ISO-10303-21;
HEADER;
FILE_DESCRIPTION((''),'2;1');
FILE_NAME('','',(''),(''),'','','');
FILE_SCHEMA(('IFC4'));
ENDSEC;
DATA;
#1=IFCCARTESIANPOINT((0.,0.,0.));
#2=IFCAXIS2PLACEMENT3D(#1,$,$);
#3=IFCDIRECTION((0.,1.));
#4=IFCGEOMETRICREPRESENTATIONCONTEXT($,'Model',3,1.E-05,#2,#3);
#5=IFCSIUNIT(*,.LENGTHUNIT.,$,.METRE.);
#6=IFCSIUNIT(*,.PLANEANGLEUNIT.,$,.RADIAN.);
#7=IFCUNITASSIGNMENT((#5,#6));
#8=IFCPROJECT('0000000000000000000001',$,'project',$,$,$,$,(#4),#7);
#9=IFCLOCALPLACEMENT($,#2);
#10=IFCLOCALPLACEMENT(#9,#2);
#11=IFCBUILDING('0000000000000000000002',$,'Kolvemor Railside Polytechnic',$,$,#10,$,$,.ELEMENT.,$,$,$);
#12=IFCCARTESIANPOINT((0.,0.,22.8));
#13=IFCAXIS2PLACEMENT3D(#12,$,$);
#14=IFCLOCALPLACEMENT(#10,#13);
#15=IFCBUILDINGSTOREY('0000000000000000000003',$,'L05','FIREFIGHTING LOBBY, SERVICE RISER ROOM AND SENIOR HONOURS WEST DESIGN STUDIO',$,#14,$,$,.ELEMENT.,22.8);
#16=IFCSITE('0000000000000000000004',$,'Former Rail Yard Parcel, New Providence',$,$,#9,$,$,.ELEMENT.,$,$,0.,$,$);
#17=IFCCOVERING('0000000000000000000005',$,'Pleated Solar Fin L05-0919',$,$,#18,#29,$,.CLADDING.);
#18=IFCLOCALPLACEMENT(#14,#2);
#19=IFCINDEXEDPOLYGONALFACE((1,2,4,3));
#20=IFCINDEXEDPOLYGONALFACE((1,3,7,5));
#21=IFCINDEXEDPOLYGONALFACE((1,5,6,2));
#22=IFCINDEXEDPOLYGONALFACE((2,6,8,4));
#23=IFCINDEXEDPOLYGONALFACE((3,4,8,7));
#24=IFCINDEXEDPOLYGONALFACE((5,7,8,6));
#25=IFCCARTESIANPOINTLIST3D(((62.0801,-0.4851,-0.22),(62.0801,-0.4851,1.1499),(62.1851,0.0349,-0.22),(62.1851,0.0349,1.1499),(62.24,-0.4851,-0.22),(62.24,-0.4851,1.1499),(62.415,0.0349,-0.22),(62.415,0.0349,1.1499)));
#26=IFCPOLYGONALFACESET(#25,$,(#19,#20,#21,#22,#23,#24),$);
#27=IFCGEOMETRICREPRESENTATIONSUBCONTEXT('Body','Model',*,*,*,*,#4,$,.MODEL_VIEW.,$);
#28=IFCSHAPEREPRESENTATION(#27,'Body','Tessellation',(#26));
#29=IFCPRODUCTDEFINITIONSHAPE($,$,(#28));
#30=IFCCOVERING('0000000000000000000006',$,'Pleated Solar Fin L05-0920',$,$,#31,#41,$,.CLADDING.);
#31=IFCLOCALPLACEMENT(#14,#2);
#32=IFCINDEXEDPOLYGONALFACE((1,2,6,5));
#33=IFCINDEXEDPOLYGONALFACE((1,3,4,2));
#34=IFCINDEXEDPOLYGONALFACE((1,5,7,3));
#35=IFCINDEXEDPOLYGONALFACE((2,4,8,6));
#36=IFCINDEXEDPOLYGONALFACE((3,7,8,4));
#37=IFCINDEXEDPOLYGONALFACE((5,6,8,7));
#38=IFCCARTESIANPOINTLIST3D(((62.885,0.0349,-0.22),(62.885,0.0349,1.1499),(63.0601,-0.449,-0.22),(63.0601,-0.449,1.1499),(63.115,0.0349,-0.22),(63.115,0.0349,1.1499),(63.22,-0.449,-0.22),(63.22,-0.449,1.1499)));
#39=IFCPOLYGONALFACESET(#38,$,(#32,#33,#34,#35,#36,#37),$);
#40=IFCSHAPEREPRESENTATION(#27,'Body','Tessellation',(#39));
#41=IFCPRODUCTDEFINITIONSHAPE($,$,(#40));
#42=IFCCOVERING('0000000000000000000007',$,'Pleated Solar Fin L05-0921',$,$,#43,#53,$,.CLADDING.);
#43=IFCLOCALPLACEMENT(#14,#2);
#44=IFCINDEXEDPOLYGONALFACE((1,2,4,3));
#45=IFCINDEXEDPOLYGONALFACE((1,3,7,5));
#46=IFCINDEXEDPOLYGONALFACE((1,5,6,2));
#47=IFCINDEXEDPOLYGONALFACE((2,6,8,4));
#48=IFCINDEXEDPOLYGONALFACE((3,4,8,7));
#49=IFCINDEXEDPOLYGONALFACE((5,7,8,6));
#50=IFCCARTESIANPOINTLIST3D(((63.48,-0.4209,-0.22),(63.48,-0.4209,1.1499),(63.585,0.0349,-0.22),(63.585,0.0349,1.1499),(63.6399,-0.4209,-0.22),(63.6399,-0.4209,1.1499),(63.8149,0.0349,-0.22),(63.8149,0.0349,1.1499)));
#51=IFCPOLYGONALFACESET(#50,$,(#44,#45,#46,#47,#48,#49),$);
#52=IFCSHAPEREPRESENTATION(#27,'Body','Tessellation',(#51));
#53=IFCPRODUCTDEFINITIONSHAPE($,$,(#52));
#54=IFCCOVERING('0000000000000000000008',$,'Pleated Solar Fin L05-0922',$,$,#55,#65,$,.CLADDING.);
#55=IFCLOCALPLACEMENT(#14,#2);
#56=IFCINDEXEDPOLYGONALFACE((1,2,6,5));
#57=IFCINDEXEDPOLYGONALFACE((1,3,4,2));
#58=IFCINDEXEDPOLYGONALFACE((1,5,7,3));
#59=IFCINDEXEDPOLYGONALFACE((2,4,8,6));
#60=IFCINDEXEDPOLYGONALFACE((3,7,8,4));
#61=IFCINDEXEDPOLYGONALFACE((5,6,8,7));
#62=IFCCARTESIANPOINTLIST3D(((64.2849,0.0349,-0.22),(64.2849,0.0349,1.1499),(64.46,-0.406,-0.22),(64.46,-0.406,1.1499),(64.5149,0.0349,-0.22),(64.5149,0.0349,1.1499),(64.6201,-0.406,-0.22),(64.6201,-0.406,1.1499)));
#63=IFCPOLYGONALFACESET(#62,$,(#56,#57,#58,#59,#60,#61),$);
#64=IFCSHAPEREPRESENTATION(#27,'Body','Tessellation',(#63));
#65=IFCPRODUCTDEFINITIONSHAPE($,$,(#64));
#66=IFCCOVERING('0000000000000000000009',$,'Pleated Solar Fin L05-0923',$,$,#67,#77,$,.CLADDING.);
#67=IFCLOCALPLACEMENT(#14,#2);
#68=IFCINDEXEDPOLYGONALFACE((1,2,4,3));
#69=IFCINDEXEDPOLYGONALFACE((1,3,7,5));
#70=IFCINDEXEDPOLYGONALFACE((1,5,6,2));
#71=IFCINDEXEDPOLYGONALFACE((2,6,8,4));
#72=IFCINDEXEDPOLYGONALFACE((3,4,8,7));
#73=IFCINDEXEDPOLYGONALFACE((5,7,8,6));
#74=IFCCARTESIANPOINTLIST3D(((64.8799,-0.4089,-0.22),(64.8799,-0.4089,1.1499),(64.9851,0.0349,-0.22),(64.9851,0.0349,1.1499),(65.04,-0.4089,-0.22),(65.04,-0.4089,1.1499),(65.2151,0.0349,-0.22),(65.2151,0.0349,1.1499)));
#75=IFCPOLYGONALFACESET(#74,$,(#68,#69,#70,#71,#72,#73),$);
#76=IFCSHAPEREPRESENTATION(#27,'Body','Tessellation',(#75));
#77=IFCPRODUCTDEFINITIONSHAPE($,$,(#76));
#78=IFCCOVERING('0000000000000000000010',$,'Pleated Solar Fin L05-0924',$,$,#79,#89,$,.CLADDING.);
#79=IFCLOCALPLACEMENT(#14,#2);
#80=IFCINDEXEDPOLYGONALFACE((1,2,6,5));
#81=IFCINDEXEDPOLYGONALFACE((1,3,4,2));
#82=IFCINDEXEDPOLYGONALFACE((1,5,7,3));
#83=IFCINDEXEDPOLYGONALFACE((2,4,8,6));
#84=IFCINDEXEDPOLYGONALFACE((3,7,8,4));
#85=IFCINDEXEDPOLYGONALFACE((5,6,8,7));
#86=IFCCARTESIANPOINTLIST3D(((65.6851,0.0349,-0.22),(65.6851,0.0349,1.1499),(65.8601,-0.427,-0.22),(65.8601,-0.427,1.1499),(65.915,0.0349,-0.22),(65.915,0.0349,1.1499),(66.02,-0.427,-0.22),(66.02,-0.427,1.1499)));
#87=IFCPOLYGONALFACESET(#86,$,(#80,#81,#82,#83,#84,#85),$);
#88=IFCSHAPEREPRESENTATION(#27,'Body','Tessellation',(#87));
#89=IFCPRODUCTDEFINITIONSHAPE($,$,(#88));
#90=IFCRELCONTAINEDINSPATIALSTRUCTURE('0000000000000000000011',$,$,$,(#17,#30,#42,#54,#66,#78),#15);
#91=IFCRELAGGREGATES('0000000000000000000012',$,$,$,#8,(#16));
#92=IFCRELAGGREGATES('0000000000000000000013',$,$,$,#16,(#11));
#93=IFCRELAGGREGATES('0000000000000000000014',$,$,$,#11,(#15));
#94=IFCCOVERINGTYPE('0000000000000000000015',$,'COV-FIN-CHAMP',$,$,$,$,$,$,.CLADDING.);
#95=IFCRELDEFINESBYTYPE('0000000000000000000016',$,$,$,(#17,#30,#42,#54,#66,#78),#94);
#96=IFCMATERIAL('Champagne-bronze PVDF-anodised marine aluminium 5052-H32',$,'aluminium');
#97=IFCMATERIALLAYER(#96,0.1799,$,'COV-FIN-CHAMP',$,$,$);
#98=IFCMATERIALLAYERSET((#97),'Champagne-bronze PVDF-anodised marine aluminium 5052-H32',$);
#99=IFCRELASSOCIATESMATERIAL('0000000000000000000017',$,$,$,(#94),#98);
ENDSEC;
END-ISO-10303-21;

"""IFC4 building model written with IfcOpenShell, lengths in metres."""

from ifc_helpers import new_model, si_unit, direction, frame, origin, place, context, subcontext, project, spatial, polyline, outline, extrude, material, layer, layer_set, type_object, element, save


model = new_model("IFC4")

# Units and contexts
model_context = context("Model", 3, precision=1e-05, world=origin(), true_north=direction((0.0, 1.0)))
body_context = subcontext(model_context, "Body", "Model", "MODEL_VIEW")
ifc_project = project(units=[si_unit("LENGTHUNIT", "METRE"), si_unit("PLANEANGLEUNIT", "RADIAN")], contexts=[model_context])

# Site, building, storey
site_placement = place(None, origin())
site = spatial("IfcSite", under=ifc_project, at=site_placement, Name="Former Rail Yard Parcel, New Providence", CompositionType="ELEMENT", RefElevation=0.0)
building_placement = place(site_placement, origin())
building = spatial("IfcBuilding", under=site, at=building_placement, Name="Kolvemor Railside Polytechnic", CompositionType="ELEMENT")
storey_placement = place(building_placement, frame((0.0, 0.0, 22.8)))
storey = spatial("IfcBuildingStorey", under=building, at=storey_placement, Name="L05", Description="FIREFIGHTING LOBBY, SERVICE RISER ROOM AND SENIOR HONOURS WEST DESIGN STUDIO", CompositionType="ELEMENT", Elevation=22.8)

# Coverings
ifc_material_1 = material(Name="Champagne-bronze PVDF-anodised marine aluminium 5052-H32", Category="aluminium")
ifc_layer_1 = layer(ifc_material_1, 0.1799, Name="COV-FIN-CHAMP")
ifc_layer_set_1 = layer_set([ifc_layer_1], Name="Champagne-bronze PVDF-anodised marine aluminium 5052-H32")
covering_type = type_object("IfcCoveringType", Name="COV-FIN-CHAMP", PredefinedType="CLADDING", material=ifc_layer_set_1)
covering_1_placement = place(storey_placement, frame((0.0, 0.0, -0.22)))
element("IfcCovering", 1, at=covering_1_placement, inside=storey, type_object=covering_type, Name="Pleated Solar Fin L05-0919", PredefinedType="CLADDING", context=body_context, shape_type="SweptSolid", body=[
    extrude(outline(polyline([(62.1851, 0.0349), (62.415, 0.0349), (62.24, -0.4851), (62.0801, -0.4851), (62.1851, 0.0349)])), origin(), (0.0, 0.0, 1.0), 1.3699),
])
covering_2_placement = place(storey_placement, frame((0.0, 0.0, -0.22)))
element("IfcCovering", 2, at=covering_2_placement, inside=storey, type_object=covering_type, Name="Pleated Solar Fin L05-0920", PredefinedType="CLADDING", context=body_context, shape_type="SweptSolid", body=[
    extrude(outline(polyline([(62.885, 0.0349), (63.115, 0.0349), (63.22, -0.449), (63.0601, -0.449), (62.885, 0.0349)])), origin(), (0.0, 0.0, 1.0), 1.3699),
])
covering_3_placement = place(storey_placement, frame((0.0, 0.0, -0.22)))
element("IfcCovering", 3, at=covering_3_placement, inside=storey, type_object=covering_type, Name="Pleated Solar Fin L05-0921", PredefinedType="CLADDING", context=body_context, shape_type="SweptSolid", body=[
    extrude(outline(polyline([(63.585, 0.0349), (63.8149, 0.0349), (63.6399, -0.4209), (63.48, -0.4209), (63.585, 0.0349)])), origin(), (0.0, 0.0, 1.0), 1.3699),
])
covering_4_placement = place(storey_placement, frame((0.0, 0.0, -0.22)))
element("IfcCovering", 4, at=covering_4_placement, inside=storey, type_object=covering_type, Name="Pleated Solar Fin L05-0922", PredefinedType="CLADDING", context=body_context, shape_type="SweptSolid", body=[
    extrude(outline(polyline([(64.2849, 0.0349), (64.5149, 0.0349), (64.6201, -0.406), (64.46, -0.406), (64.2849, 0.0349)])), origin(), (0.0, 0.0, 1.0), 1.3699),
])
covering_5_placement = place(storey_placement, frame((0.0, 0.0, -0.22)))
element("IfcCovering", 5, at=covering_5_placement, inside=storey, type_object=covering_type, Name="Pleated Solar Fin L05-0923", PredefinedType="CLADDING", context=body_context, shape_type="SweptSolid", body=[
    extrude(outline(polyline([(64.9851, 0.0349), (65.2151, 0.0349), (65.04, -0.4089), (64.8799, -0.4089), (64.9851, 0.0349)])), origin(), (0.0, 0.0, 1.0), 1.3699),
])
covering_6_placement = place(storey_placement, frame((0.0, 0.0, -0.22)))
element("IfcCovering", 6, at=covering_6_placement, inside=storey, type_object=covering_type, Name="Pleated Solar Fin L05-0924", PredefinedType="CLADDING", context=body_context, shape_type="SweptSolid", body=[
    extrude(outline(polyline([(65.6851, 0.0349), (65.915, 0.0349), (66.02, -0.427), (65.8601, -0.427), (65.6851, 0.0349)])), origin(), (0.0, 0.0, 1.0), 1.3699),
])

save(model, "model.ifc")
